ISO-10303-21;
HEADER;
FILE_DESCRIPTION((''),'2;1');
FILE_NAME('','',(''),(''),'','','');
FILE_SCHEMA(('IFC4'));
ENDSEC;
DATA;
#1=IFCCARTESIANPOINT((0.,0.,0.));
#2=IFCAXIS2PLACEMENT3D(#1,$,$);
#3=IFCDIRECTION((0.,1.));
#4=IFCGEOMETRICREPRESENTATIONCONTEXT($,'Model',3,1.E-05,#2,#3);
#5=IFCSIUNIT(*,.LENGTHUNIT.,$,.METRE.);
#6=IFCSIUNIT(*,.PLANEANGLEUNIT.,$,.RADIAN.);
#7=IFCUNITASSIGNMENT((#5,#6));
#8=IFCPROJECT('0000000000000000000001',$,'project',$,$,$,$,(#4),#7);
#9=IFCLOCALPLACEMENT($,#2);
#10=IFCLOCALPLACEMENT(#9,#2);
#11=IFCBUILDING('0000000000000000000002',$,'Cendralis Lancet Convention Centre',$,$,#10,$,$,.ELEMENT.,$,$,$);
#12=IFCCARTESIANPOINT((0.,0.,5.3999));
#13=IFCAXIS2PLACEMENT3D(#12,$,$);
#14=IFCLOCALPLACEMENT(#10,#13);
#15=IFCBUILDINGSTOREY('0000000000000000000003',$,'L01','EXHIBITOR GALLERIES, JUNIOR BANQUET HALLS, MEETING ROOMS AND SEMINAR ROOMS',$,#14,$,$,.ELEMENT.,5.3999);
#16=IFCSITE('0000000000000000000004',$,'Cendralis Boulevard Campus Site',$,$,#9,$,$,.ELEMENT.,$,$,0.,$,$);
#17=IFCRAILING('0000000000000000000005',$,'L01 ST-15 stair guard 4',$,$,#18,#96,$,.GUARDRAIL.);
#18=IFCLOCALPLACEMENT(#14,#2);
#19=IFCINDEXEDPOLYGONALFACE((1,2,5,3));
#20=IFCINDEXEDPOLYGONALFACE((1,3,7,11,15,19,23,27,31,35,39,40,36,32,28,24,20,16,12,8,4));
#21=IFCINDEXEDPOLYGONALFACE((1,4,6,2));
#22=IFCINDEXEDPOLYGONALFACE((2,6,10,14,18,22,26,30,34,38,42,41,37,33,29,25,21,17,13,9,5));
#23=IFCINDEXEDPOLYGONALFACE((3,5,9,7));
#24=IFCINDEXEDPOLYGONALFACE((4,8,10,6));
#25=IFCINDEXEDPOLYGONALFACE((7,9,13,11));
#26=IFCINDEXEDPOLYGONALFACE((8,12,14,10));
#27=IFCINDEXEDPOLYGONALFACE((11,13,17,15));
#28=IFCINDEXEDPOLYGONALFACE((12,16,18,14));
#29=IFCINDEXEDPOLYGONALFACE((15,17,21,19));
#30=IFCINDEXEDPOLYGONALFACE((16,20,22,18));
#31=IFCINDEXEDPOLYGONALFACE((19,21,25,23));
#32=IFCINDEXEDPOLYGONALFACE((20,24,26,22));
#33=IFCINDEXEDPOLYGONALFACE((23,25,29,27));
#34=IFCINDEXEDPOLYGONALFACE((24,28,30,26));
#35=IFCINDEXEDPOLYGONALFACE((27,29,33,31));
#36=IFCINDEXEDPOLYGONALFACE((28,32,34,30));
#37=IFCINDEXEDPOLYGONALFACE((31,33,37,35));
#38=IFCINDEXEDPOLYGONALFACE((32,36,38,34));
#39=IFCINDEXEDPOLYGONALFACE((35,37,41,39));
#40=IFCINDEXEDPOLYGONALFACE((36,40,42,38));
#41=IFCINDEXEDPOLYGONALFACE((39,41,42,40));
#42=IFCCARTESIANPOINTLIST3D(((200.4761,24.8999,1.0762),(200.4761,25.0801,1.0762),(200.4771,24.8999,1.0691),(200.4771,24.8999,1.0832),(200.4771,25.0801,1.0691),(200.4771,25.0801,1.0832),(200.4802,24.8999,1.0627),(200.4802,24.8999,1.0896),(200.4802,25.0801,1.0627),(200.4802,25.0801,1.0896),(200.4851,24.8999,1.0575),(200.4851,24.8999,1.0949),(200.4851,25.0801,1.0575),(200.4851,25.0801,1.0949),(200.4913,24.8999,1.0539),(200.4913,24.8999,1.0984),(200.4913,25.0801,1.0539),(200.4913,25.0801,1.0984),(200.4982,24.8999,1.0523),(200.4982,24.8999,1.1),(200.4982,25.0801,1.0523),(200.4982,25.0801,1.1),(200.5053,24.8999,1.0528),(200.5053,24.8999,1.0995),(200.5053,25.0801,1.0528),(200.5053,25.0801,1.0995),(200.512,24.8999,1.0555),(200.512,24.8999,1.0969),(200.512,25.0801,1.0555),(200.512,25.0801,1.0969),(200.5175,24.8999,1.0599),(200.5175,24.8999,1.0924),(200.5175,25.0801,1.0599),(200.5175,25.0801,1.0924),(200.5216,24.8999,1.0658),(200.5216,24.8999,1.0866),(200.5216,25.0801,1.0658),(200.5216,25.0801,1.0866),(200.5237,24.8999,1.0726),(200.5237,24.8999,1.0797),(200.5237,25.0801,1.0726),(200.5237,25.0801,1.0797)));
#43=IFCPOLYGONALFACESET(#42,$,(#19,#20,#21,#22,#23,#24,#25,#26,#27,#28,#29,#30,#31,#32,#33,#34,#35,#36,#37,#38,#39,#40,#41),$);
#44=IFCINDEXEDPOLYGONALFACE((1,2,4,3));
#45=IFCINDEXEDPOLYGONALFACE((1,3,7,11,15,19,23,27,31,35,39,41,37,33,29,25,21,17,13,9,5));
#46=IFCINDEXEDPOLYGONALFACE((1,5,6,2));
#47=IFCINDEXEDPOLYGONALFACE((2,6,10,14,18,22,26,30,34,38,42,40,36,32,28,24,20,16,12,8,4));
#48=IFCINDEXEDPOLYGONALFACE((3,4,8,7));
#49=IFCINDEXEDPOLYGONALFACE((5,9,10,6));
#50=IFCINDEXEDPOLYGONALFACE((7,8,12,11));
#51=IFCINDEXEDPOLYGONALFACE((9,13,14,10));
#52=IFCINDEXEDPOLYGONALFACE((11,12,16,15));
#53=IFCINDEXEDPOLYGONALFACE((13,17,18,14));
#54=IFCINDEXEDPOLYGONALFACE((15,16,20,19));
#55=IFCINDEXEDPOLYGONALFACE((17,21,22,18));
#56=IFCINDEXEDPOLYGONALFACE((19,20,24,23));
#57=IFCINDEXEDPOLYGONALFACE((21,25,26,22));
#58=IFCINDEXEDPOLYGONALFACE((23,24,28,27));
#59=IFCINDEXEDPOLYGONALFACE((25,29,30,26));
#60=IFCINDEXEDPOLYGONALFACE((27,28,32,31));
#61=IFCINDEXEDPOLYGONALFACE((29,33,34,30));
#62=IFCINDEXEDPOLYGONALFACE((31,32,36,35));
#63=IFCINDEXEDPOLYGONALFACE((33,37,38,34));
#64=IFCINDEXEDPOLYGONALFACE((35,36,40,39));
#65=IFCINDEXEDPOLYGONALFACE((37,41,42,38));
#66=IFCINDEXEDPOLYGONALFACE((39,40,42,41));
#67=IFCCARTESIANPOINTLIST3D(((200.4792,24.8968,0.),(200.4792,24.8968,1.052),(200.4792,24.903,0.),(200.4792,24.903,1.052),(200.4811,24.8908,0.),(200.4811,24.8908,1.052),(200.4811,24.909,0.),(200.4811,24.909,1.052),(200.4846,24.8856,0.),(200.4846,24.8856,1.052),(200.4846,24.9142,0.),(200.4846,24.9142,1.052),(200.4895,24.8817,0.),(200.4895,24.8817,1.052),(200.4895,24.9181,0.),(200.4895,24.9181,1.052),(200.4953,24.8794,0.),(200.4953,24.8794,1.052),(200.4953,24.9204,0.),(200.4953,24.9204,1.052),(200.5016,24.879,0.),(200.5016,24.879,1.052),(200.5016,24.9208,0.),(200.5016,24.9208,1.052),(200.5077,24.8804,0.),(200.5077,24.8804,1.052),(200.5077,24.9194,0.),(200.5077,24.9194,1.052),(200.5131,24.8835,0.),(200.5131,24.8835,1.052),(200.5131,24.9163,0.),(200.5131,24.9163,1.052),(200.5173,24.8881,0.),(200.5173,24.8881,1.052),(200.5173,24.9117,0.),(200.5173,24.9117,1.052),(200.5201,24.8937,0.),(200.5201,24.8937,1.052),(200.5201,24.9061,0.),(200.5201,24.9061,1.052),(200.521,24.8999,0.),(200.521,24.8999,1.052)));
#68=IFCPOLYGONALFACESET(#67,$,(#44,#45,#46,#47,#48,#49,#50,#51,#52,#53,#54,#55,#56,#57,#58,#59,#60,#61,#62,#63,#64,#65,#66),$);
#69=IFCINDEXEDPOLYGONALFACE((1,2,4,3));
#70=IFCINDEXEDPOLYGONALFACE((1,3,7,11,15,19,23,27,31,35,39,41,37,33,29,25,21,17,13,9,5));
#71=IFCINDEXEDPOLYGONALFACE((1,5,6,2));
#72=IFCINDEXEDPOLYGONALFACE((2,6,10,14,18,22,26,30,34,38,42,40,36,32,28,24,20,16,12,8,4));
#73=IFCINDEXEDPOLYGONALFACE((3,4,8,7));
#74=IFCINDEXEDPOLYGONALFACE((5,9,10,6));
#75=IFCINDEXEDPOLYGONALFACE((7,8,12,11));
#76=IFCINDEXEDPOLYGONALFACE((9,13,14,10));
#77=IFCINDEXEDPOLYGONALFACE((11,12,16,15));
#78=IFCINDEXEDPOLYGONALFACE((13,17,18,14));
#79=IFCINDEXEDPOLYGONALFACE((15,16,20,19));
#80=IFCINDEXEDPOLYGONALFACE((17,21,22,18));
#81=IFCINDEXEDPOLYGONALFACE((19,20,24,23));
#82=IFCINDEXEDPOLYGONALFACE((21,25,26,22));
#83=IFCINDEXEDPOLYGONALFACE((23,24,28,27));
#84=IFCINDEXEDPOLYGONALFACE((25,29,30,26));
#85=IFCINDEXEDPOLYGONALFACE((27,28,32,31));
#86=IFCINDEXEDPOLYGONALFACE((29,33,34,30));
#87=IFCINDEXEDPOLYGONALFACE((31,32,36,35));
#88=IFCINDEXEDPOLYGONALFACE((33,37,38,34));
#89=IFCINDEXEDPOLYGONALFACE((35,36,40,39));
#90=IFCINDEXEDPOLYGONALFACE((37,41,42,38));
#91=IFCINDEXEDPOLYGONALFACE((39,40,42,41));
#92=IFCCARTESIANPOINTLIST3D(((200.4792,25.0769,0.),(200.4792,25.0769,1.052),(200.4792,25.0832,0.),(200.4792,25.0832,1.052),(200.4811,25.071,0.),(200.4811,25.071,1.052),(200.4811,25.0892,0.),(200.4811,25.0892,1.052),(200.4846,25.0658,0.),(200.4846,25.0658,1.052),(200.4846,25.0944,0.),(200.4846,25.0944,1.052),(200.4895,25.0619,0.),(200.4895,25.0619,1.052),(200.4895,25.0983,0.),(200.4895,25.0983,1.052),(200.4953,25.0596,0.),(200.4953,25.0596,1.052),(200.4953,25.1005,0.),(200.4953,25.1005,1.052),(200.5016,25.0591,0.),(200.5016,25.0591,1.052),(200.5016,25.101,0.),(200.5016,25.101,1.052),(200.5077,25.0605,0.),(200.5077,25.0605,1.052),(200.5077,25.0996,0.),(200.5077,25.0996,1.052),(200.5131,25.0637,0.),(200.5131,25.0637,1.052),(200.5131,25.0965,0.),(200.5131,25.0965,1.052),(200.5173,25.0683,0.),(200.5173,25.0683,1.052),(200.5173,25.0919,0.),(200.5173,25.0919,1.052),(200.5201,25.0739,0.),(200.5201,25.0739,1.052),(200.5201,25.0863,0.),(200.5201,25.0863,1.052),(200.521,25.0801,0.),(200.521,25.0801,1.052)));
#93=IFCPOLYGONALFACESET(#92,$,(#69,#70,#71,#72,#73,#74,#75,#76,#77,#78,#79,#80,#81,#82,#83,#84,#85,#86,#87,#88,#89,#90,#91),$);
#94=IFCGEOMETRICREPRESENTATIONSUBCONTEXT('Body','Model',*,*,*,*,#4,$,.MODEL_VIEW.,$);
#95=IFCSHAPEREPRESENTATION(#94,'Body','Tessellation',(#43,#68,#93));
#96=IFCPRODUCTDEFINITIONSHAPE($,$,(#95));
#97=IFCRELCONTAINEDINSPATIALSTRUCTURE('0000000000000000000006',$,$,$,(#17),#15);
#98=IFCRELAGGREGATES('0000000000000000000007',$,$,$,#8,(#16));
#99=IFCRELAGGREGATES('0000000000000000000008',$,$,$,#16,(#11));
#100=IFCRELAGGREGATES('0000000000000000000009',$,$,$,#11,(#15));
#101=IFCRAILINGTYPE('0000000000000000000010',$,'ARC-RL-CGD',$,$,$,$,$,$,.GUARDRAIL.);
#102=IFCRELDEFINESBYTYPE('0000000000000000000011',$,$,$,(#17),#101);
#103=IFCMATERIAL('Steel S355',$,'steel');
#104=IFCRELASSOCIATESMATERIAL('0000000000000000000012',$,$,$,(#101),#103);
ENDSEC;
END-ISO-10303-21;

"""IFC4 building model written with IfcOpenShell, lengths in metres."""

from ifc_helpers import new_model, si_unit, direction, frame, origin, origin_2d, place, context, subcontext, project, spatial, circle, extrude, material, type_object, element, save


model = new_model("IFC4")

# Units and contexts
model_context = context("Model", 3, precision=1e-05, world=origin(), true_north=direction((0.0, 1.0)))
body_context = subcontext(model_context, "Body", "Model", "MODEL_VIEW")
ifc_project = project(units=[si_unit("LENGTHUNIT", "METRE"), si_unit("PLANEANGLEUNIT", "RADIAN")], contexts=[model_context])

# Site, building, storey
site_placement = place(None, origin())
site = spatial("IfcSite", under=ifc_project, at=site_placement, Name="Cendralis Boulevard Campus Site", CompositionType="ELEMENT", RefElevation=0.0)
building_placement = place(site_placement, origin())
building = spatial("IfcBuilding", under=site, at=building_placement, Name="Cendralis Lancet Convention Centre", CompositionType="ELEMENT")
storey_placement = place(building_placement, frame((0.0, 0.0, 5.3999)))
storey = spatial("IfcBuildingStorey", under=building, at=storey_placement, Name="L01", Description="EXHIBITOR GALLERIES, JUNIOR BANQUET HALLS, MEETING ROOMS AND SEMINAR ROOMS", CompositionType="ELEMENT", Elevation=5.3999)

# Shared definitions
ifc_material_1 = material(Name="Steel S355", Category="steel")

# Railing
railing_type_1 = type_object("IfcRailingType", Name="ARC-RL-CGD", PredefinedType="GUARDRAIL", material=ifc_material_1)
railing_1_placement = place(storey_placement, frame((200.5, 24.8999, 0.0)))
element("IfcRailing", 1, at=railing_1_placement, inside=storey, type_object=railing_type_1, Name="L01 ST-15 stair guard 4", PredefinedType="GUARDRAIL", context=body_context, shape_type="SweptSolid", body=[
    extrude(circle(Radius=0.0239, at=origin_2d()), frame((0.0, 0.0, 1.0762), z_axis=(0.0, 1.0, 0.0), x_axis=(-1.0, 0.0, 0.0)), (0.0, 0.0, 1.0), 0.1802),
    extrude(circle(Radius=0.021, at=origin_2d()), origin(), (0.0, 0.0, 1.0), 1.052),
    extrude(circle(Radius=0.021, at=origin_2d()), frame((0.0, 0.1802, 0.0)), (0.0, 0.0, 1.0), 1.052),
])

save(model, "model.ifc")
